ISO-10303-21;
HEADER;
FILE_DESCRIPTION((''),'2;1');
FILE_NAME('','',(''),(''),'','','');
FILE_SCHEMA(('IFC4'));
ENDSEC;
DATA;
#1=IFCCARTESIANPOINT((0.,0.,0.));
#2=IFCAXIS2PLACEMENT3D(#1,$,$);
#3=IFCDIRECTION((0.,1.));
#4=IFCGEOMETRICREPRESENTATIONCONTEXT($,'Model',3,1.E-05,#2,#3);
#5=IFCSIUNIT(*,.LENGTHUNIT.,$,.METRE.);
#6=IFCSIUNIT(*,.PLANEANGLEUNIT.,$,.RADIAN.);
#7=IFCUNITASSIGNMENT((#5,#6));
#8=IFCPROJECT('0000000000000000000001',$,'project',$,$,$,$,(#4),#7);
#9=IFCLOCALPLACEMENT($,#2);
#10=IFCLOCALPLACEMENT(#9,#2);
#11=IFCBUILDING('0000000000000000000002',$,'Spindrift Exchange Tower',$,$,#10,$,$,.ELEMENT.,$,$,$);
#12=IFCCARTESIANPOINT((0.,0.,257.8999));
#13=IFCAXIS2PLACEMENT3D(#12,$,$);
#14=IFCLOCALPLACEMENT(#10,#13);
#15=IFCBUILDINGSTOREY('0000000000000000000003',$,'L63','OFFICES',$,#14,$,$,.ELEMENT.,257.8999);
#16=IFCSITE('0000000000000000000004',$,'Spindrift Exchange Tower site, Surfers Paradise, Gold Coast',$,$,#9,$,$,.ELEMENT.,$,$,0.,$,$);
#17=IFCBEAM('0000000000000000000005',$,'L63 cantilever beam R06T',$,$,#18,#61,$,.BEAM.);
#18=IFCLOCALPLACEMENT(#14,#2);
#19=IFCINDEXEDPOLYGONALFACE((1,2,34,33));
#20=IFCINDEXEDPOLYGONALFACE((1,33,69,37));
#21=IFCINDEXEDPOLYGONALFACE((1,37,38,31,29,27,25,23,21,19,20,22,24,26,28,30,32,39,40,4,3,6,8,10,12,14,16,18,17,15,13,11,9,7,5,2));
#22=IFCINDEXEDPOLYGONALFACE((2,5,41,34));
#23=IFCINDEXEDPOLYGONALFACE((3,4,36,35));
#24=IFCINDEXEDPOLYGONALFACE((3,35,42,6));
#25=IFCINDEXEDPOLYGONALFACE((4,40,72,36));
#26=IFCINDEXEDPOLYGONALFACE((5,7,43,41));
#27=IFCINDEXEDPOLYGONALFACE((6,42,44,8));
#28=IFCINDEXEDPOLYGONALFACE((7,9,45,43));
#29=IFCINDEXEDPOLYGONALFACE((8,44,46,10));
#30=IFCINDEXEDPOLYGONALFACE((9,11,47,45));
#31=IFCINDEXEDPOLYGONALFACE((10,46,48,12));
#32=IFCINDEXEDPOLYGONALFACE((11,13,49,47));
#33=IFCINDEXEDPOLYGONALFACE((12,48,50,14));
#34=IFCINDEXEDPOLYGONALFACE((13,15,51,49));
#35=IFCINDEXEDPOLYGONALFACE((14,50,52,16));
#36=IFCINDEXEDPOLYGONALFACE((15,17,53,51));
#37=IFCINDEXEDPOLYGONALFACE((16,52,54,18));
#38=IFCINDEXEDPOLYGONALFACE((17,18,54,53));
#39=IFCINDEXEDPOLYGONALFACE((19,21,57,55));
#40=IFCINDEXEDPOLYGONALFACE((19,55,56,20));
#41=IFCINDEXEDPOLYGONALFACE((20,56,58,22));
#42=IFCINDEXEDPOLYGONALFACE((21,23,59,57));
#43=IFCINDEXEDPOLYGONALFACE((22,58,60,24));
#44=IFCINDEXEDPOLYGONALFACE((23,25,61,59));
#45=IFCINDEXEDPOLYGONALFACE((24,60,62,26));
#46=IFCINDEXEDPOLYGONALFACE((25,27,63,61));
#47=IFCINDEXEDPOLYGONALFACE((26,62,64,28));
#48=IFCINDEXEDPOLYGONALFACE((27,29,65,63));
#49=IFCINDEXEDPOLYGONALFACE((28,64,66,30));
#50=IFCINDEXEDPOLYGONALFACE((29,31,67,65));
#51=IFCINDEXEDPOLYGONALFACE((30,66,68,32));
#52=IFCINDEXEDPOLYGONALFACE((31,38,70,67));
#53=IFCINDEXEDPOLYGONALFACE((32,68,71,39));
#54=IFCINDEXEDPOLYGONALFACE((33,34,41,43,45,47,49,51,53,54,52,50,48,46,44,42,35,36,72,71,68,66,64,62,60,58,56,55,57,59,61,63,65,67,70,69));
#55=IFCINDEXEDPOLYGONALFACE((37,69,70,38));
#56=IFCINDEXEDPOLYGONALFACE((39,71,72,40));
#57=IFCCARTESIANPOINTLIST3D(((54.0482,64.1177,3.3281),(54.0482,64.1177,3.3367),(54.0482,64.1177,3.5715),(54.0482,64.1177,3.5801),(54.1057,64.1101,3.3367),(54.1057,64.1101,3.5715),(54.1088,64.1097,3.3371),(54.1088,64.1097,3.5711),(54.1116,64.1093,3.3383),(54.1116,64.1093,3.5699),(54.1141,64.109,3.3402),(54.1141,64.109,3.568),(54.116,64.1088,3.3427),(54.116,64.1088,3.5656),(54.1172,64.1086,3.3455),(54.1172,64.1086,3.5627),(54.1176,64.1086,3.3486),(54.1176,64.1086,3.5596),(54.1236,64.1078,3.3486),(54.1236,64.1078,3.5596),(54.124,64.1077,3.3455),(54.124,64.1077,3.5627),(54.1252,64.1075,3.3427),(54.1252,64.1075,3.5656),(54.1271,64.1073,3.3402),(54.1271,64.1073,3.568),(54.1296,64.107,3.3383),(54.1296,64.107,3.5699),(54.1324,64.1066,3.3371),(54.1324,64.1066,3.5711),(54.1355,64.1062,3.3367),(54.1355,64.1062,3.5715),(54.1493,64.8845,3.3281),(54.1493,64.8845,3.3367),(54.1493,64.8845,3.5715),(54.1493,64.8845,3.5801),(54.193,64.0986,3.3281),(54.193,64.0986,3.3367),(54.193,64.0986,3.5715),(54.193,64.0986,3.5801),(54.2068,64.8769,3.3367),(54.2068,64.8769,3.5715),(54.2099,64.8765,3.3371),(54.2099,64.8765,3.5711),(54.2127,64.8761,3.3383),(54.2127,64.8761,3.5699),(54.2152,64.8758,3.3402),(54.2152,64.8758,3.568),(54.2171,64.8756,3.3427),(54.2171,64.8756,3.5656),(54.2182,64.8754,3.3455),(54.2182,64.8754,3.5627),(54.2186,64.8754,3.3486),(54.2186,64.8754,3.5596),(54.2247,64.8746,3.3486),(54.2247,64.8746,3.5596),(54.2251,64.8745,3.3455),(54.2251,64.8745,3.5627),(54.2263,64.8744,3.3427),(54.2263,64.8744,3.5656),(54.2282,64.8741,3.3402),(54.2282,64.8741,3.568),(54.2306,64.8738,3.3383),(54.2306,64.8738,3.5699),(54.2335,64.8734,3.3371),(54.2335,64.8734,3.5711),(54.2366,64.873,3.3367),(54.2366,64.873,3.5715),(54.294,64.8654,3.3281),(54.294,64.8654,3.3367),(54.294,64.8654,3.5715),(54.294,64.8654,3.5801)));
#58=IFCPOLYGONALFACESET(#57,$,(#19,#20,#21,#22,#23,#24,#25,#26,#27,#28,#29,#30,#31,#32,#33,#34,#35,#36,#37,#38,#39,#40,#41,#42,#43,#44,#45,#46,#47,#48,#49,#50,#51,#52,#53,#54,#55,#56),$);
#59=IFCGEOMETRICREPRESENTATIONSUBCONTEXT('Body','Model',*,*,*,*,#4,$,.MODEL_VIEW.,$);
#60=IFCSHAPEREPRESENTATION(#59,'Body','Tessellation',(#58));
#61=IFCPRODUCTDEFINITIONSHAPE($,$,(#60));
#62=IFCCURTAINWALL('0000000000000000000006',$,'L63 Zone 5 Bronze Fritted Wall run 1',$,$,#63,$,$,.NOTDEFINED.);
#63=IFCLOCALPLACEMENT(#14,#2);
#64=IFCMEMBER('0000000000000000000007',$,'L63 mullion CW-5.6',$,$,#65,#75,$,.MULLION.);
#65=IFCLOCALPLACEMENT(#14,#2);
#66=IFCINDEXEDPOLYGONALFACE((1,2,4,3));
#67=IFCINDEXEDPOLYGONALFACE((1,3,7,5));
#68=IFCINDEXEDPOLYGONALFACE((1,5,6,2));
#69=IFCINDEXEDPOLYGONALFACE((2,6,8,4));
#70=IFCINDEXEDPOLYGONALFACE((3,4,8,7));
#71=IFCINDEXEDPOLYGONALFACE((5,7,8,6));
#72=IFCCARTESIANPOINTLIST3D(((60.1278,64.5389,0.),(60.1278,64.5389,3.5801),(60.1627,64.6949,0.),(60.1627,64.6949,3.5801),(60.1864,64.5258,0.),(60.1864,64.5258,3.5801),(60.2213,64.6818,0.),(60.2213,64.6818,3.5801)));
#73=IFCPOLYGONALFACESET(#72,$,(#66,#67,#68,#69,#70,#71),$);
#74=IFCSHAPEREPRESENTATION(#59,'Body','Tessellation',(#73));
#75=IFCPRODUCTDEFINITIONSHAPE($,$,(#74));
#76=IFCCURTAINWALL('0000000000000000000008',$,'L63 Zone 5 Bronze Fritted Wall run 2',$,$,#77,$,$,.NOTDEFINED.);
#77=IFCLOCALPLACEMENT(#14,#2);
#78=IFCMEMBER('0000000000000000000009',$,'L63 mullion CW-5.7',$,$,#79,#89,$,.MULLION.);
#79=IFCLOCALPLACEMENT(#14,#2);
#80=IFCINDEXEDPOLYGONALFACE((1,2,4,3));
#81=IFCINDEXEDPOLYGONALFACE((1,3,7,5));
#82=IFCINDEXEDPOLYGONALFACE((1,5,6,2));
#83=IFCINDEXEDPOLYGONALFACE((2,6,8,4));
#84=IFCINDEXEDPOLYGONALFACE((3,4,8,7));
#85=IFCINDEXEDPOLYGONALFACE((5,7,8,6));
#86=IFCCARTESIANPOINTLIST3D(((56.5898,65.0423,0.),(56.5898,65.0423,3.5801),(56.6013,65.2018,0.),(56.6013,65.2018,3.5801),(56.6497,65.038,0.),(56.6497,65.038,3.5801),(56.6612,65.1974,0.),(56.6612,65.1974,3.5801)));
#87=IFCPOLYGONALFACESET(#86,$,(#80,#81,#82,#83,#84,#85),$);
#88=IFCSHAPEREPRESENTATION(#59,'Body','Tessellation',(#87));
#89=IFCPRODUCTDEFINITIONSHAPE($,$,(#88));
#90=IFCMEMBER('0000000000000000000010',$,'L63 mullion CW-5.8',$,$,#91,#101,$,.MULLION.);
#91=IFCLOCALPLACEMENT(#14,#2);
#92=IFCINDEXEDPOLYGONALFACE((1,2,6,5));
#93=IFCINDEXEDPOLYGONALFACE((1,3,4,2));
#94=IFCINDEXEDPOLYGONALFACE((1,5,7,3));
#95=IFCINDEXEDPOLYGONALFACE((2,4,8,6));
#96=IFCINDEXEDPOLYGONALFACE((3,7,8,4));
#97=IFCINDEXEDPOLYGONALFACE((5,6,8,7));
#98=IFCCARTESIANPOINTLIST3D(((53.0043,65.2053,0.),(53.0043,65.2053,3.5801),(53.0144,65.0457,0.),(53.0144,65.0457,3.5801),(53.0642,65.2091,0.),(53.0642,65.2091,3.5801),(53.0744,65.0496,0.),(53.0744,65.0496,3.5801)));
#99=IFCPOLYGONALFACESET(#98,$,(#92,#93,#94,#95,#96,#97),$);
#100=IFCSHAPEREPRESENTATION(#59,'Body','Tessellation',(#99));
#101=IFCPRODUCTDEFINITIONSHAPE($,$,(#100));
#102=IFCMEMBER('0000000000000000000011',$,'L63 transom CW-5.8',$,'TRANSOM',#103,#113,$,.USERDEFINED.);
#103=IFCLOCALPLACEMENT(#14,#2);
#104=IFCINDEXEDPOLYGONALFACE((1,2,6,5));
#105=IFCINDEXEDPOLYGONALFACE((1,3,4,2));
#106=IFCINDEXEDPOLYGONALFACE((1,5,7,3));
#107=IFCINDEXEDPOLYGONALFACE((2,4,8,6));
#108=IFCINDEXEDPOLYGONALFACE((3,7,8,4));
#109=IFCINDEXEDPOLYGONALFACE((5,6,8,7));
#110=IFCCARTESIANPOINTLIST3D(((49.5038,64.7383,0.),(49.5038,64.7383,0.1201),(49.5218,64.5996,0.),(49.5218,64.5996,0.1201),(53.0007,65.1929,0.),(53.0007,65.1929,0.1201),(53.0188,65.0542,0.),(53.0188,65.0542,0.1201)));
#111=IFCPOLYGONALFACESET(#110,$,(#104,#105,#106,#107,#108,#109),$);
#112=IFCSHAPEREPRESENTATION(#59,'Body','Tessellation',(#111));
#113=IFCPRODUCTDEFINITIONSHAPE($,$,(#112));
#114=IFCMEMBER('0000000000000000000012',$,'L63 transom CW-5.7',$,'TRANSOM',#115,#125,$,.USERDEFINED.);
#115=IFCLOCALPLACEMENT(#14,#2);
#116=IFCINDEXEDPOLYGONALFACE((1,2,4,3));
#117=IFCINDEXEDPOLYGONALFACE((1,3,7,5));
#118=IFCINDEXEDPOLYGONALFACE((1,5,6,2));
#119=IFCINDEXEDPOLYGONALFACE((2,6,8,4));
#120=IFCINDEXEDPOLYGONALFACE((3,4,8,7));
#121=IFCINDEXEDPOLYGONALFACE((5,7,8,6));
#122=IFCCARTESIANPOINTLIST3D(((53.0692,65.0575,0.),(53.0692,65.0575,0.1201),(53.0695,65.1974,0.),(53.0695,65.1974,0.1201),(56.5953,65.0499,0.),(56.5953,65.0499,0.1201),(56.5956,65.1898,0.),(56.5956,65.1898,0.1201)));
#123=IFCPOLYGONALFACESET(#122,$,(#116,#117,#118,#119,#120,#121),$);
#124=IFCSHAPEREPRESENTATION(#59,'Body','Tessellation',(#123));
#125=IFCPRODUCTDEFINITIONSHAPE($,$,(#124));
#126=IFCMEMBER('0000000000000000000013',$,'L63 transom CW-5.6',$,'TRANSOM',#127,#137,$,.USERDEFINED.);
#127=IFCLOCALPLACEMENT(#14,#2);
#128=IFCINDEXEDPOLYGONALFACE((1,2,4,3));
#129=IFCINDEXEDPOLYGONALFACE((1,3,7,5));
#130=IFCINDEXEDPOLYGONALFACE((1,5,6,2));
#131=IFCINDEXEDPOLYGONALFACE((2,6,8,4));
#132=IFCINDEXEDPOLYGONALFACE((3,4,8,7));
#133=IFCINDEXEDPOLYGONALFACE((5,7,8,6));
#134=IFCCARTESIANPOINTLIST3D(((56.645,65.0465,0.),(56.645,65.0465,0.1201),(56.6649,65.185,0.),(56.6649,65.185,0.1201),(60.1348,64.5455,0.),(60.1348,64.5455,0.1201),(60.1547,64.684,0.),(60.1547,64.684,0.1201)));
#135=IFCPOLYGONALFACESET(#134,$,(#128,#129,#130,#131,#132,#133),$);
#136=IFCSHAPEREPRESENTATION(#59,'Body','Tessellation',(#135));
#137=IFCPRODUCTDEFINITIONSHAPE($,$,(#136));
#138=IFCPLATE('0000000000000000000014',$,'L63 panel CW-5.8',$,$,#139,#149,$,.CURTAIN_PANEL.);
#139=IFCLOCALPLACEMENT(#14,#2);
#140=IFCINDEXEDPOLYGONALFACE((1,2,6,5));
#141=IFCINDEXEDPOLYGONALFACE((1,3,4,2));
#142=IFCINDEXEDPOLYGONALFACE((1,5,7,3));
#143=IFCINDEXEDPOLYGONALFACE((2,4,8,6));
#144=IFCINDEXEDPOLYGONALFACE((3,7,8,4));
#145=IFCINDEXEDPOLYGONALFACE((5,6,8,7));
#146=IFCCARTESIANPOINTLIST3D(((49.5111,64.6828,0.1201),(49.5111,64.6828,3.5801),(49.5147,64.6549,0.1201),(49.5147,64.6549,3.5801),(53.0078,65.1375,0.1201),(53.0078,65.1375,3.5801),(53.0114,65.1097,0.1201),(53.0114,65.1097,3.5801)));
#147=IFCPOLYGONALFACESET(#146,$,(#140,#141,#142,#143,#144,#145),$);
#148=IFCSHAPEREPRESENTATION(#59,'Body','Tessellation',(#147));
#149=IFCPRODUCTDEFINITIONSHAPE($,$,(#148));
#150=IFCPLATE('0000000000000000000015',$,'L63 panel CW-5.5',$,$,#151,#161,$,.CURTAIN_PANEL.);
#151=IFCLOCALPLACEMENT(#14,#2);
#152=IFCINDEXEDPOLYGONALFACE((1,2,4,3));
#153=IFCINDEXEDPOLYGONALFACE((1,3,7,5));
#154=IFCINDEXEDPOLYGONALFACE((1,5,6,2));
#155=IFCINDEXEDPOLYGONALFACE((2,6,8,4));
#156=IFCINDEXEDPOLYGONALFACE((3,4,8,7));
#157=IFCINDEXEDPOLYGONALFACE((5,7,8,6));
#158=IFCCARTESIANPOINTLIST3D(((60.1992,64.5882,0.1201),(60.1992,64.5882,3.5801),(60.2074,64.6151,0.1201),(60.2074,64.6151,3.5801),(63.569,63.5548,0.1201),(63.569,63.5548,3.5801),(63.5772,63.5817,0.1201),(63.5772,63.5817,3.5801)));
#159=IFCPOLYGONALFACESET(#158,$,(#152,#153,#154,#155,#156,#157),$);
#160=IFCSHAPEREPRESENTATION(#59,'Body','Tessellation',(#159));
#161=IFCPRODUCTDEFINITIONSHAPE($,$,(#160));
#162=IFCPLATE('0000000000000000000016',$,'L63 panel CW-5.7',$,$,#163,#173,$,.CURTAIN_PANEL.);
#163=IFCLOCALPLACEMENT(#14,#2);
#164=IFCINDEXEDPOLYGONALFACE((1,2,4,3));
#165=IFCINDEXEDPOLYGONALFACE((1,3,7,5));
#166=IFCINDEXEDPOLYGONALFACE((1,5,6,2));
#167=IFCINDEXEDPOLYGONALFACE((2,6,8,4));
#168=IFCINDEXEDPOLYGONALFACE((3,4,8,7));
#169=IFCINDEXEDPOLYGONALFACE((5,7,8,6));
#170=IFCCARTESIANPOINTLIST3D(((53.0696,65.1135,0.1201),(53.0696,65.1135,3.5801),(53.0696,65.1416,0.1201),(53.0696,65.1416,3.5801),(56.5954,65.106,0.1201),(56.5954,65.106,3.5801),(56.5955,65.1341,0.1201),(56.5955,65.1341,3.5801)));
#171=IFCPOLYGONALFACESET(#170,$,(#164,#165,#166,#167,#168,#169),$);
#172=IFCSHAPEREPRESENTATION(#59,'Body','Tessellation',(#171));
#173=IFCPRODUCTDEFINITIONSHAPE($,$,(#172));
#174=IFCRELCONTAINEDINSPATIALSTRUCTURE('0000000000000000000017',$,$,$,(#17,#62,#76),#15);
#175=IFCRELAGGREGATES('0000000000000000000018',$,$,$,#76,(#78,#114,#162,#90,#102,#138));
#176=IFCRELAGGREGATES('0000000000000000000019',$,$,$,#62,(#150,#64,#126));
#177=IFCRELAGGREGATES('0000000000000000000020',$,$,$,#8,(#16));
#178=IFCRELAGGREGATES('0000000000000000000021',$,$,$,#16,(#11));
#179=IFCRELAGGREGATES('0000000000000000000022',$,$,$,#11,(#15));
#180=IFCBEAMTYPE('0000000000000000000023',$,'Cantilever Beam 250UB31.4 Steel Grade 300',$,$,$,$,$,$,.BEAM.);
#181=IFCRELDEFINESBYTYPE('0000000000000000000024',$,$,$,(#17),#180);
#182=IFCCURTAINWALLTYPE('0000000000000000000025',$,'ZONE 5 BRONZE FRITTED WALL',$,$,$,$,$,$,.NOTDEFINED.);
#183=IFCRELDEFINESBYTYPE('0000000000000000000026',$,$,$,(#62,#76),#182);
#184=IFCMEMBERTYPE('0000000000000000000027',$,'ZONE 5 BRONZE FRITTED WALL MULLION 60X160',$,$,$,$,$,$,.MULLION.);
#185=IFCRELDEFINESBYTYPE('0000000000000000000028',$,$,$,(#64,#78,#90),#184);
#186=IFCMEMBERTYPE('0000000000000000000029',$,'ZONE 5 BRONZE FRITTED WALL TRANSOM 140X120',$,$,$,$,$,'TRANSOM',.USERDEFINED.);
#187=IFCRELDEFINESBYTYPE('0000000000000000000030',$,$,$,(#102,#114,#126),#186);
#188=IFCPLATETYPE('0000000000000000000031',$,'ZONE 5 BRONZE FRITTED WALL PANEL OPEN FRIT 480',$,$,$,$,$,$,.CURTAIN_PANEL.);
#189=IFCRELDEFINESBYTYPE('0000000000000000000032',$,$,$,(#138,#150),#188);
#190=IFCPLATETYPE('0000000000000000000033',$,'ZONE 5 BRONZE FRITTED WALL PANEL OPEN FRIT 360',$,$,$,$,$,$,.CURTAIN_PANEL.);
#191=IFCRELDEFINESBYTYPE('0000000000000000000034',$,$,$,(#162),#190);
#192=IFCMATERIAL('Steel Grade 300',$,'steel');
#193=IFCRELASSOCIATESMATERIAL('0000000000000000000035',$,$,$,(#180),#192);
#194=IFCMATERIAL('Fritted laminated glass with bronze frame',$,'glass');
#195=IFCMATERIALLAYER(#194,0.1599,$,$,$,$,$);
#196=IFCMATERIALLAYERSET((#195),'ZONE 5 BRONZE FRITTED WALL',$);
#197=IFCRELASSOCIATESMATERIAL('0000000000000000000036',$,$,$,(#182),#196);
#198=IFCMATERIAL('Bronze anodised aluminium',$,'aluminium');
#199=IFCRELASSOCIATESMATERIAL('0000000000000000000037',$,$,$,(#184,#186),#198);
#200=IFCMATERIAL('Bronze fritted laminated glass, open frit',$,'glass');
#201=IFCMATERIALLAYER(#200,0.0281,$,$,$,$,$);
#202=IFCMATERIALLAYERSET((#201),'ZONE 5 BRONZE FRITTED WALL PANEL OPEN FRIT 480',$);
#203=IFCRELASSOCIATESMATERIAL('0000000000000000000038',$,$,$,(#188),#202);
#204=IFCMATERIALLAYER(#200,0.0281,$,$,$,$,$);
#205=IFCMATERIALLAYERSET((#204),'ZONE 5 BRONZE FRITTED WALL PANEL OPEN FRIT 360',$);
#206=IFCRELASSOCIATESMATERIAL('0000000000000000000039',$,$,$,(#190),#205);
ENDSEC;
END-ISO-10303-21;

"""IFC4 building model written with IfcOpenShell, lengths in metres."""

from ifc_helpers import new_model, si_unit, direction, frame, origin, origin_2d, place, context, subcontext, project, spatial, rectangle, i_section, extrude, source, transform, mapped, material, layer, layer_set, material_profile, profile_set, type_object, element, aggregate, save


model = new_model("IFC4")

# Units and contexts
model_context = context("Model", 3, precision=1e-05, world=origin(), true_north=direction((0.0, 1.0)))
body_context = subcontext(model_context, "Body", "Model", "MODEL_VIEW")
ifc_project = project(units=[si_unit("LENGTHUNIT", "METRE"), si_unit("PLANEANGLEUNIT", "RADIAN")], contexts=[model_context])

# Site, building, storey
site_placement = place(None, origin())
site = spatial("IfcSite", under=ifc_project, at=site_placement, Name="Spindrift Exchange Tower site, Surfers Paradise, Gold Coast", CompositionType="ELEMENT", RefElevation=0.0)
building_placement = place(site_placement, origin())
building = spatial("IfcBuilding", under=site, at=building_placement, Name="Spindrift Exchange Tower", CompositionType="ELEMENT")
storey_placement = place(building_placement, frame((0.0, 0.0, 257.8999)))
storey = spatial("IfcBuildingStorey", under=building, at=storey_placement, Name="L63", Description="OFFICES", CompositionType="ELEMENT", Elevation=257.8999)

# Beam
ifc_material_1 = material(Name="Steel Grade 300", Category="steel")
ifc_material_profile_1 = material_profile(ifc_material_1, i_section(OverallWidth=0.146, OverallDepth=0.252, WebThickness=0.0061, FlangeThickness=0.0085, FilletRadius=0.012, at=origin_2d()), Name="250UB31.4")
ifc_profile_set_1 = profile_set([ifc_material_profile_1], Name="Steel Grade 300")
beam_type_1 = type_object("IfcBeamType", Name="Cantilever Beam 250UB31.4 Steel Grade 300", PredefinedType="BEAM", material=ifc_profile_set_1)
shared_shape_1 = source(origin(), body_context, "Body", "SweptSolid", [
    extrude(i_section(OverallWidth=0.146, OverallDepth=0.252, WebThickness=0.0061, FlangeThickness=0.0085, FilletRadius=0.012, at=origin_2d()), origin(), (0.0, 0.0, 1.0), 0.7734),
])
beam_1_placement = place(storey_placement, frame((54.1206, 64.1082, 3.4541), z_axis=(0.130675, 0.991425, 0.0), x_axis=(-0.991425, 0.130675, 0.0)))
element("IfcBeam", 1, at=beam_1_placement, inside=storey, type_object=beam_type_1, Name="L63 cantilever beam R06T", PredefinedType="BEAM", context=body_context, shape_type="MappedRepresentation", body=[
    mapped(shared_shape_1, transform((0.0, 0.0, 0.0), scale=1.0)),
])

# Curtain wall, member
ifc_material_2 = material(Name="Fritted laminated glass with bronze frame", Category="glass")
ifc_layer_1 = layer(ifc_material_2, 0.1599)
ifc_layer_set_1 = layer_set([ifc_layer_1], Name="ZONE 5 BRONZE FRITTED WALL")
curtain_wall_type = type_object("IfcCurtainWallType", Name="ZONE 5 BRONZE FRITTED WALL", PredefinedType="NOTDEFINED", material=ifc_layer_set_1)
curtain_wall_1_placement = place(storey_placement, origin())
curtain_wall_1 = element("IfcCurtainWall", 2, at=curtain_wall_1_placement, inside=storey, type_object=curtain_wall_type, Name="L63 Zone 5 Bronze Fritted Wall run 1", PredefinedType="NOTDEFINED")
ifc_material_3 = material(Name="Bronze anodised aluminium", Category="aluminium")
ifc_material_profile_2 = material_profile(ifc_material_3, rectangle(XDim=0.0601, YDim=0.1599, at=origin_2d()), Name="ZONE 5 BRONZE FRITTED WALL MULLION 60X160")
ifc_profile_set_2 = profile_set([ifc_material_profile_2], Name="Bronze anodised aluminium")
member_type_1 = type_object("IfcMemberType", Name="ZONE 5 BRONZE FRITTED WALL MULLION 60X160", PredefinedType="MULLION", material=ifc_profile_set_2)
shared_shape_2 = source(origin(), body_context, "Body", "SweptSolid", [
    extrude(rectangle(XDim=0.0601, YDim=0.1599, at=origin_2d()), origin(), (0.0, 0.0, 1.0), 3.5801),
])
member_1_placement = place(storey_placement, frame((60.1746, 64.6104, 0.0), z_axis=(0.0, 0.0, 1.0), x_axis=(-0.975882, 0.218299, 0.0)))
member_1 = element("IfcMember", 3, at=member_1_placement, type_object=member_type_1, Name="L63 mullion CW-5.6", PredefinedType="MULLION", context=body_context, shape_type="MappedRepresentation", body=[
    mapped(shared_shape_2, transform((0.0, 0.0, 0.0), scale=1.0)),
])

# Curtain wall, members
curtain_wall_2_placement = place(storey_placement, origin())
curtain_wall_2 = element("IfcCurtainWall", 4, at=curtain_wall_2_placement, inside=storey, type_object=curtain_wall_type, Name="L63 Zone 5 Bronze Fritted Wall run 2", PredefinedType="NOTDEFINED")
member_2_placement = place(storey_placement, frame((56.6255, 65.1199, 0.0), z_axis=(0.0, 0.0, 1.0), x_axis=(-0.997384, 0.072288, 0.0)))
member_2 = element("IfcMember", 5, at=member_2_placement, type_object=member_type_1, Name="L63 mullion CW-5.7", PredefinedType="MULLION", context=body_context, shape_type="MappedRepresentation", body=[
    mapped(shared_shape_2, transform((0.0, 0.0, 0.0), scale=1.0)),
])
member_3_placement = place(storey_placement, frame((53.0393, 65.1274, 0.0), z_axis=(0.0, 0.0, 1.0), x_axis=(-0.997978, -0.06356, 0.0)))
member_3 = element("IfcMember", 6, at=member_3_placement, type_object=member_type_1, Name="L63 mullion CW-5.8", PredefinedType="MULLION", context=body_context, shape_type="MappedRepresentation", body=[
    mapped(shared_shape_2, transform((0.0, 0.0, 0.0), scale=1.0)),
])
ifc_material_profile_3 = material_profile(ifc_material_3, rectangle(XDim=0.1399, YDim=0.1201, at=origin_2d()), Name="ZONE 5 BRONZE FRITTED WALL TRANSOM 140X120")
ifc_profile_set_3 = profile_set([ifc_material_profile_3], Name="Bronze anodised aluminium")
member_type_2 = type_object("IfcMemberType", Name="ZONE 5 BRONZE FRITTED WALL TRANSOM 140X120", ElementType="TRANSOM", PredefinedType="USERDEFINED", material=ifc_profile_set_3)
shared_shape_3 = source(origin(), body_context, "Body", "SweptSolid", [
    extrude(rectangle(XDim=0.1399, YDim=0.1201, at=origin_2d()), origin(), (0.0, 0.0, 1.0), 3.5264),
])
member_4_placement = place(storey_placement, frame((53.0098, 65.1235, 0.0601), z_axis=(-0.991656, -0.128916, 0.0), x_axis=(0.128916, -0.991656, 0.0)))
member_4 = element("IfcMember", 7, at=member_4_placement, type_object=member_type_2, Name="L63 transom CW-5.8", ObjectType="TRANSOM", PredefinedType="USERDEFINED", context=body_context, shape_type="MappedRepresentation", body=[
    mapped(shared_shape_3, transform((0.0, 0.0, 0.0), scale=1.0)),
])
shared_shape_4 = source(origin(), body_context, "Body", "SweptSolid", [
    extrude(rectangle(XDim=0.1399, YDim=0.1201, at=origin_2d()), origin(), (0.0, 0.0, 1.0), 3.5261),
])
member_5_placement = place(storey_placement, frame((56.5955, 65.1199, 0.0601), z_axis=(-0.999998, 0.002146, 0.0), x_axis=(-0.002146, -0.999998, 0.0)))
member_5 = element("IfcMember", 8, at=member_5_placement, type_object=member_type_2, Name="L63 transom CW-5.7", ObjectType="TRANSOM", PredefinedType="USERDEFINED", context=body_context, shape_type="MappedRepresentation", body=[
    mapped(shared_shape_4, transform((0.0, 0.0, 0.0), scale=1.0)),
])

# Member
shared_shape_5 = source(origin(), body_context, "Body", "SweptSolid", [
    extrude(rectangle(XDim=0.1399, YDim=0.1201, at=origin_2d()), origin(), (0.0, 0.0, 1.0), 3.5256),
])
member_6_placement = place(storey_placement, frame((60.1448, 64.6147, 0.0601), z_axis=(-0.989852, 0.1421, 0.0), x_axis=(-0.1421, -0.989852, 0.0)))
member_6 = element("IfcMember", 9, at=member_6_placement, type_object=member_type_2, Name="L63 transom CW-5.6", ObjectType="TRANSOM", PredefinedType="USERDEFINED", context=body_context, shape_type="MappedRepresentation", body=[
    mapped(shared_shape_5, transform((0.0, 0.0, 0.0), scale=1.0)),
])

# Plates
ifc_material_4 = material(Name="Bronze fritted laminated glass, open frit", Category="glass")
ifc_layer_2 = layer(ifc_material_4, 0.0281)
ifc_layer_set_2 = layer_set([ifc_layer_2], Name="ZONE 5 BRONZE FRITTED WALL PANEL OPEN FRIT 480")
plate_type_1 = type_object("IfcPlateType", Name="ZONE 5 BRONZE FRITTED WALL PANEL OPEN FRIT 480", PredefinedType="CURTAIN_PANEL", material=ifc_layer_set_2)
shared_shape_6 = source(origin(), body_context, "Body", "SweptSolid", [
    extrude(rectangle(XDim=3.5261, YDim=0.0281, at=origin_2d()), origin(), (0.0, 0.0, 1.0), 3.46),
])
plate_1_placement = place(storey_placement, frame((51.2612, 64.8962, 0.1201), z_axis=(0.0, 0.0, 1.0), x_axis=(-0.991649, -0.128965, 0.0)))
plate_1 = element("IfcPlate", 10, at=plate_1_placement, type_object=plate_type_1, Name="L63 panel CW-5.8", PredefinedType="CURTAIN_PANEL", context=body_context, shape_type="MappedRepresentation", body=[
    mapped(shared_shape_6, transform((0.0, 0.0, 0.0), scale=1.0)),
])
shared_shape_7 = source(origin(), body_context, "Body", "SweptSolid", [
    extrude(rectangle(XDim=3.5247, YDim=0.0281, at=origin_2d()), origin(), (0.0, 0.0, 1.0), 3.46),
])
plate_2_placement = place(storey_placement, frame((61.8882, 64.085, 0.1201), z_axis=(0.0, 0.0, 1.0), x_axis=(-0.956055, 0.293188, 0.0)))
plate_2 = element("IfcPlate", 11, at=plate_2_placement, type_object=plate_type_1, Name="L63 panel CW-5.5", PredefinedType="CURTAIN_PANEL", context=body_context, shape_type="MappedRepresentation", body=[
    mapped(shared_shape_7, transform((0.0, 0.0, 0.0), scale=1.0)),
])
ifc_layer_3 = layer(ifc_material_4, 0.0281)
ifc_layer_set_3 = layer_set([ifc_layer_3], Name="ZONE 5 BRONZE FRITTED WALL PANEL OPEN FRIT 360")
plate_type_2 = type_object("IfcPlateType", Name="ZONE 5 BRONZE FRITTED WALL PANEL OPEN FRIT 360", PredefinedType="CURTAIN_PANEL", material=ifc_layer_set_3)
shared_shape_8 = source(origin(), body_context, "Body", "SweptSolid", [
    extrude(rectangle(XDim=3.5259, YDim=0.0281, at=origin_2d()), origin(), (0.0, 0.0, 1.0), 3.46),
])
plate_3_placement = place(storey_placement, frame((54.8325, 65.1238, 0.1201), z_axis=(0.0, 0.0, 1.0), x_axis=(-0.999998, 0.002119, 0.0)))
plate_3 = element("IfcPlate", 12, at=plate_3_placement, type_object=plate_type_2, Name="L63 panel CW-5.7", PredefinedType="CURTAIN_PANEL", context=body_context, shape_type="MappedRepresentation", body=[
    mapped(shared_shape_8, transform((0.0, 0.0, 0.0), scale=1.0)),
])
aggregate(curtain_wall_2, [member_2, member_5, plate_3, member_3, member_4, plate_1])
aggregate(curtain_wall_1, [plate_2, member_1, member_6])

save(model, "model.ifc")
